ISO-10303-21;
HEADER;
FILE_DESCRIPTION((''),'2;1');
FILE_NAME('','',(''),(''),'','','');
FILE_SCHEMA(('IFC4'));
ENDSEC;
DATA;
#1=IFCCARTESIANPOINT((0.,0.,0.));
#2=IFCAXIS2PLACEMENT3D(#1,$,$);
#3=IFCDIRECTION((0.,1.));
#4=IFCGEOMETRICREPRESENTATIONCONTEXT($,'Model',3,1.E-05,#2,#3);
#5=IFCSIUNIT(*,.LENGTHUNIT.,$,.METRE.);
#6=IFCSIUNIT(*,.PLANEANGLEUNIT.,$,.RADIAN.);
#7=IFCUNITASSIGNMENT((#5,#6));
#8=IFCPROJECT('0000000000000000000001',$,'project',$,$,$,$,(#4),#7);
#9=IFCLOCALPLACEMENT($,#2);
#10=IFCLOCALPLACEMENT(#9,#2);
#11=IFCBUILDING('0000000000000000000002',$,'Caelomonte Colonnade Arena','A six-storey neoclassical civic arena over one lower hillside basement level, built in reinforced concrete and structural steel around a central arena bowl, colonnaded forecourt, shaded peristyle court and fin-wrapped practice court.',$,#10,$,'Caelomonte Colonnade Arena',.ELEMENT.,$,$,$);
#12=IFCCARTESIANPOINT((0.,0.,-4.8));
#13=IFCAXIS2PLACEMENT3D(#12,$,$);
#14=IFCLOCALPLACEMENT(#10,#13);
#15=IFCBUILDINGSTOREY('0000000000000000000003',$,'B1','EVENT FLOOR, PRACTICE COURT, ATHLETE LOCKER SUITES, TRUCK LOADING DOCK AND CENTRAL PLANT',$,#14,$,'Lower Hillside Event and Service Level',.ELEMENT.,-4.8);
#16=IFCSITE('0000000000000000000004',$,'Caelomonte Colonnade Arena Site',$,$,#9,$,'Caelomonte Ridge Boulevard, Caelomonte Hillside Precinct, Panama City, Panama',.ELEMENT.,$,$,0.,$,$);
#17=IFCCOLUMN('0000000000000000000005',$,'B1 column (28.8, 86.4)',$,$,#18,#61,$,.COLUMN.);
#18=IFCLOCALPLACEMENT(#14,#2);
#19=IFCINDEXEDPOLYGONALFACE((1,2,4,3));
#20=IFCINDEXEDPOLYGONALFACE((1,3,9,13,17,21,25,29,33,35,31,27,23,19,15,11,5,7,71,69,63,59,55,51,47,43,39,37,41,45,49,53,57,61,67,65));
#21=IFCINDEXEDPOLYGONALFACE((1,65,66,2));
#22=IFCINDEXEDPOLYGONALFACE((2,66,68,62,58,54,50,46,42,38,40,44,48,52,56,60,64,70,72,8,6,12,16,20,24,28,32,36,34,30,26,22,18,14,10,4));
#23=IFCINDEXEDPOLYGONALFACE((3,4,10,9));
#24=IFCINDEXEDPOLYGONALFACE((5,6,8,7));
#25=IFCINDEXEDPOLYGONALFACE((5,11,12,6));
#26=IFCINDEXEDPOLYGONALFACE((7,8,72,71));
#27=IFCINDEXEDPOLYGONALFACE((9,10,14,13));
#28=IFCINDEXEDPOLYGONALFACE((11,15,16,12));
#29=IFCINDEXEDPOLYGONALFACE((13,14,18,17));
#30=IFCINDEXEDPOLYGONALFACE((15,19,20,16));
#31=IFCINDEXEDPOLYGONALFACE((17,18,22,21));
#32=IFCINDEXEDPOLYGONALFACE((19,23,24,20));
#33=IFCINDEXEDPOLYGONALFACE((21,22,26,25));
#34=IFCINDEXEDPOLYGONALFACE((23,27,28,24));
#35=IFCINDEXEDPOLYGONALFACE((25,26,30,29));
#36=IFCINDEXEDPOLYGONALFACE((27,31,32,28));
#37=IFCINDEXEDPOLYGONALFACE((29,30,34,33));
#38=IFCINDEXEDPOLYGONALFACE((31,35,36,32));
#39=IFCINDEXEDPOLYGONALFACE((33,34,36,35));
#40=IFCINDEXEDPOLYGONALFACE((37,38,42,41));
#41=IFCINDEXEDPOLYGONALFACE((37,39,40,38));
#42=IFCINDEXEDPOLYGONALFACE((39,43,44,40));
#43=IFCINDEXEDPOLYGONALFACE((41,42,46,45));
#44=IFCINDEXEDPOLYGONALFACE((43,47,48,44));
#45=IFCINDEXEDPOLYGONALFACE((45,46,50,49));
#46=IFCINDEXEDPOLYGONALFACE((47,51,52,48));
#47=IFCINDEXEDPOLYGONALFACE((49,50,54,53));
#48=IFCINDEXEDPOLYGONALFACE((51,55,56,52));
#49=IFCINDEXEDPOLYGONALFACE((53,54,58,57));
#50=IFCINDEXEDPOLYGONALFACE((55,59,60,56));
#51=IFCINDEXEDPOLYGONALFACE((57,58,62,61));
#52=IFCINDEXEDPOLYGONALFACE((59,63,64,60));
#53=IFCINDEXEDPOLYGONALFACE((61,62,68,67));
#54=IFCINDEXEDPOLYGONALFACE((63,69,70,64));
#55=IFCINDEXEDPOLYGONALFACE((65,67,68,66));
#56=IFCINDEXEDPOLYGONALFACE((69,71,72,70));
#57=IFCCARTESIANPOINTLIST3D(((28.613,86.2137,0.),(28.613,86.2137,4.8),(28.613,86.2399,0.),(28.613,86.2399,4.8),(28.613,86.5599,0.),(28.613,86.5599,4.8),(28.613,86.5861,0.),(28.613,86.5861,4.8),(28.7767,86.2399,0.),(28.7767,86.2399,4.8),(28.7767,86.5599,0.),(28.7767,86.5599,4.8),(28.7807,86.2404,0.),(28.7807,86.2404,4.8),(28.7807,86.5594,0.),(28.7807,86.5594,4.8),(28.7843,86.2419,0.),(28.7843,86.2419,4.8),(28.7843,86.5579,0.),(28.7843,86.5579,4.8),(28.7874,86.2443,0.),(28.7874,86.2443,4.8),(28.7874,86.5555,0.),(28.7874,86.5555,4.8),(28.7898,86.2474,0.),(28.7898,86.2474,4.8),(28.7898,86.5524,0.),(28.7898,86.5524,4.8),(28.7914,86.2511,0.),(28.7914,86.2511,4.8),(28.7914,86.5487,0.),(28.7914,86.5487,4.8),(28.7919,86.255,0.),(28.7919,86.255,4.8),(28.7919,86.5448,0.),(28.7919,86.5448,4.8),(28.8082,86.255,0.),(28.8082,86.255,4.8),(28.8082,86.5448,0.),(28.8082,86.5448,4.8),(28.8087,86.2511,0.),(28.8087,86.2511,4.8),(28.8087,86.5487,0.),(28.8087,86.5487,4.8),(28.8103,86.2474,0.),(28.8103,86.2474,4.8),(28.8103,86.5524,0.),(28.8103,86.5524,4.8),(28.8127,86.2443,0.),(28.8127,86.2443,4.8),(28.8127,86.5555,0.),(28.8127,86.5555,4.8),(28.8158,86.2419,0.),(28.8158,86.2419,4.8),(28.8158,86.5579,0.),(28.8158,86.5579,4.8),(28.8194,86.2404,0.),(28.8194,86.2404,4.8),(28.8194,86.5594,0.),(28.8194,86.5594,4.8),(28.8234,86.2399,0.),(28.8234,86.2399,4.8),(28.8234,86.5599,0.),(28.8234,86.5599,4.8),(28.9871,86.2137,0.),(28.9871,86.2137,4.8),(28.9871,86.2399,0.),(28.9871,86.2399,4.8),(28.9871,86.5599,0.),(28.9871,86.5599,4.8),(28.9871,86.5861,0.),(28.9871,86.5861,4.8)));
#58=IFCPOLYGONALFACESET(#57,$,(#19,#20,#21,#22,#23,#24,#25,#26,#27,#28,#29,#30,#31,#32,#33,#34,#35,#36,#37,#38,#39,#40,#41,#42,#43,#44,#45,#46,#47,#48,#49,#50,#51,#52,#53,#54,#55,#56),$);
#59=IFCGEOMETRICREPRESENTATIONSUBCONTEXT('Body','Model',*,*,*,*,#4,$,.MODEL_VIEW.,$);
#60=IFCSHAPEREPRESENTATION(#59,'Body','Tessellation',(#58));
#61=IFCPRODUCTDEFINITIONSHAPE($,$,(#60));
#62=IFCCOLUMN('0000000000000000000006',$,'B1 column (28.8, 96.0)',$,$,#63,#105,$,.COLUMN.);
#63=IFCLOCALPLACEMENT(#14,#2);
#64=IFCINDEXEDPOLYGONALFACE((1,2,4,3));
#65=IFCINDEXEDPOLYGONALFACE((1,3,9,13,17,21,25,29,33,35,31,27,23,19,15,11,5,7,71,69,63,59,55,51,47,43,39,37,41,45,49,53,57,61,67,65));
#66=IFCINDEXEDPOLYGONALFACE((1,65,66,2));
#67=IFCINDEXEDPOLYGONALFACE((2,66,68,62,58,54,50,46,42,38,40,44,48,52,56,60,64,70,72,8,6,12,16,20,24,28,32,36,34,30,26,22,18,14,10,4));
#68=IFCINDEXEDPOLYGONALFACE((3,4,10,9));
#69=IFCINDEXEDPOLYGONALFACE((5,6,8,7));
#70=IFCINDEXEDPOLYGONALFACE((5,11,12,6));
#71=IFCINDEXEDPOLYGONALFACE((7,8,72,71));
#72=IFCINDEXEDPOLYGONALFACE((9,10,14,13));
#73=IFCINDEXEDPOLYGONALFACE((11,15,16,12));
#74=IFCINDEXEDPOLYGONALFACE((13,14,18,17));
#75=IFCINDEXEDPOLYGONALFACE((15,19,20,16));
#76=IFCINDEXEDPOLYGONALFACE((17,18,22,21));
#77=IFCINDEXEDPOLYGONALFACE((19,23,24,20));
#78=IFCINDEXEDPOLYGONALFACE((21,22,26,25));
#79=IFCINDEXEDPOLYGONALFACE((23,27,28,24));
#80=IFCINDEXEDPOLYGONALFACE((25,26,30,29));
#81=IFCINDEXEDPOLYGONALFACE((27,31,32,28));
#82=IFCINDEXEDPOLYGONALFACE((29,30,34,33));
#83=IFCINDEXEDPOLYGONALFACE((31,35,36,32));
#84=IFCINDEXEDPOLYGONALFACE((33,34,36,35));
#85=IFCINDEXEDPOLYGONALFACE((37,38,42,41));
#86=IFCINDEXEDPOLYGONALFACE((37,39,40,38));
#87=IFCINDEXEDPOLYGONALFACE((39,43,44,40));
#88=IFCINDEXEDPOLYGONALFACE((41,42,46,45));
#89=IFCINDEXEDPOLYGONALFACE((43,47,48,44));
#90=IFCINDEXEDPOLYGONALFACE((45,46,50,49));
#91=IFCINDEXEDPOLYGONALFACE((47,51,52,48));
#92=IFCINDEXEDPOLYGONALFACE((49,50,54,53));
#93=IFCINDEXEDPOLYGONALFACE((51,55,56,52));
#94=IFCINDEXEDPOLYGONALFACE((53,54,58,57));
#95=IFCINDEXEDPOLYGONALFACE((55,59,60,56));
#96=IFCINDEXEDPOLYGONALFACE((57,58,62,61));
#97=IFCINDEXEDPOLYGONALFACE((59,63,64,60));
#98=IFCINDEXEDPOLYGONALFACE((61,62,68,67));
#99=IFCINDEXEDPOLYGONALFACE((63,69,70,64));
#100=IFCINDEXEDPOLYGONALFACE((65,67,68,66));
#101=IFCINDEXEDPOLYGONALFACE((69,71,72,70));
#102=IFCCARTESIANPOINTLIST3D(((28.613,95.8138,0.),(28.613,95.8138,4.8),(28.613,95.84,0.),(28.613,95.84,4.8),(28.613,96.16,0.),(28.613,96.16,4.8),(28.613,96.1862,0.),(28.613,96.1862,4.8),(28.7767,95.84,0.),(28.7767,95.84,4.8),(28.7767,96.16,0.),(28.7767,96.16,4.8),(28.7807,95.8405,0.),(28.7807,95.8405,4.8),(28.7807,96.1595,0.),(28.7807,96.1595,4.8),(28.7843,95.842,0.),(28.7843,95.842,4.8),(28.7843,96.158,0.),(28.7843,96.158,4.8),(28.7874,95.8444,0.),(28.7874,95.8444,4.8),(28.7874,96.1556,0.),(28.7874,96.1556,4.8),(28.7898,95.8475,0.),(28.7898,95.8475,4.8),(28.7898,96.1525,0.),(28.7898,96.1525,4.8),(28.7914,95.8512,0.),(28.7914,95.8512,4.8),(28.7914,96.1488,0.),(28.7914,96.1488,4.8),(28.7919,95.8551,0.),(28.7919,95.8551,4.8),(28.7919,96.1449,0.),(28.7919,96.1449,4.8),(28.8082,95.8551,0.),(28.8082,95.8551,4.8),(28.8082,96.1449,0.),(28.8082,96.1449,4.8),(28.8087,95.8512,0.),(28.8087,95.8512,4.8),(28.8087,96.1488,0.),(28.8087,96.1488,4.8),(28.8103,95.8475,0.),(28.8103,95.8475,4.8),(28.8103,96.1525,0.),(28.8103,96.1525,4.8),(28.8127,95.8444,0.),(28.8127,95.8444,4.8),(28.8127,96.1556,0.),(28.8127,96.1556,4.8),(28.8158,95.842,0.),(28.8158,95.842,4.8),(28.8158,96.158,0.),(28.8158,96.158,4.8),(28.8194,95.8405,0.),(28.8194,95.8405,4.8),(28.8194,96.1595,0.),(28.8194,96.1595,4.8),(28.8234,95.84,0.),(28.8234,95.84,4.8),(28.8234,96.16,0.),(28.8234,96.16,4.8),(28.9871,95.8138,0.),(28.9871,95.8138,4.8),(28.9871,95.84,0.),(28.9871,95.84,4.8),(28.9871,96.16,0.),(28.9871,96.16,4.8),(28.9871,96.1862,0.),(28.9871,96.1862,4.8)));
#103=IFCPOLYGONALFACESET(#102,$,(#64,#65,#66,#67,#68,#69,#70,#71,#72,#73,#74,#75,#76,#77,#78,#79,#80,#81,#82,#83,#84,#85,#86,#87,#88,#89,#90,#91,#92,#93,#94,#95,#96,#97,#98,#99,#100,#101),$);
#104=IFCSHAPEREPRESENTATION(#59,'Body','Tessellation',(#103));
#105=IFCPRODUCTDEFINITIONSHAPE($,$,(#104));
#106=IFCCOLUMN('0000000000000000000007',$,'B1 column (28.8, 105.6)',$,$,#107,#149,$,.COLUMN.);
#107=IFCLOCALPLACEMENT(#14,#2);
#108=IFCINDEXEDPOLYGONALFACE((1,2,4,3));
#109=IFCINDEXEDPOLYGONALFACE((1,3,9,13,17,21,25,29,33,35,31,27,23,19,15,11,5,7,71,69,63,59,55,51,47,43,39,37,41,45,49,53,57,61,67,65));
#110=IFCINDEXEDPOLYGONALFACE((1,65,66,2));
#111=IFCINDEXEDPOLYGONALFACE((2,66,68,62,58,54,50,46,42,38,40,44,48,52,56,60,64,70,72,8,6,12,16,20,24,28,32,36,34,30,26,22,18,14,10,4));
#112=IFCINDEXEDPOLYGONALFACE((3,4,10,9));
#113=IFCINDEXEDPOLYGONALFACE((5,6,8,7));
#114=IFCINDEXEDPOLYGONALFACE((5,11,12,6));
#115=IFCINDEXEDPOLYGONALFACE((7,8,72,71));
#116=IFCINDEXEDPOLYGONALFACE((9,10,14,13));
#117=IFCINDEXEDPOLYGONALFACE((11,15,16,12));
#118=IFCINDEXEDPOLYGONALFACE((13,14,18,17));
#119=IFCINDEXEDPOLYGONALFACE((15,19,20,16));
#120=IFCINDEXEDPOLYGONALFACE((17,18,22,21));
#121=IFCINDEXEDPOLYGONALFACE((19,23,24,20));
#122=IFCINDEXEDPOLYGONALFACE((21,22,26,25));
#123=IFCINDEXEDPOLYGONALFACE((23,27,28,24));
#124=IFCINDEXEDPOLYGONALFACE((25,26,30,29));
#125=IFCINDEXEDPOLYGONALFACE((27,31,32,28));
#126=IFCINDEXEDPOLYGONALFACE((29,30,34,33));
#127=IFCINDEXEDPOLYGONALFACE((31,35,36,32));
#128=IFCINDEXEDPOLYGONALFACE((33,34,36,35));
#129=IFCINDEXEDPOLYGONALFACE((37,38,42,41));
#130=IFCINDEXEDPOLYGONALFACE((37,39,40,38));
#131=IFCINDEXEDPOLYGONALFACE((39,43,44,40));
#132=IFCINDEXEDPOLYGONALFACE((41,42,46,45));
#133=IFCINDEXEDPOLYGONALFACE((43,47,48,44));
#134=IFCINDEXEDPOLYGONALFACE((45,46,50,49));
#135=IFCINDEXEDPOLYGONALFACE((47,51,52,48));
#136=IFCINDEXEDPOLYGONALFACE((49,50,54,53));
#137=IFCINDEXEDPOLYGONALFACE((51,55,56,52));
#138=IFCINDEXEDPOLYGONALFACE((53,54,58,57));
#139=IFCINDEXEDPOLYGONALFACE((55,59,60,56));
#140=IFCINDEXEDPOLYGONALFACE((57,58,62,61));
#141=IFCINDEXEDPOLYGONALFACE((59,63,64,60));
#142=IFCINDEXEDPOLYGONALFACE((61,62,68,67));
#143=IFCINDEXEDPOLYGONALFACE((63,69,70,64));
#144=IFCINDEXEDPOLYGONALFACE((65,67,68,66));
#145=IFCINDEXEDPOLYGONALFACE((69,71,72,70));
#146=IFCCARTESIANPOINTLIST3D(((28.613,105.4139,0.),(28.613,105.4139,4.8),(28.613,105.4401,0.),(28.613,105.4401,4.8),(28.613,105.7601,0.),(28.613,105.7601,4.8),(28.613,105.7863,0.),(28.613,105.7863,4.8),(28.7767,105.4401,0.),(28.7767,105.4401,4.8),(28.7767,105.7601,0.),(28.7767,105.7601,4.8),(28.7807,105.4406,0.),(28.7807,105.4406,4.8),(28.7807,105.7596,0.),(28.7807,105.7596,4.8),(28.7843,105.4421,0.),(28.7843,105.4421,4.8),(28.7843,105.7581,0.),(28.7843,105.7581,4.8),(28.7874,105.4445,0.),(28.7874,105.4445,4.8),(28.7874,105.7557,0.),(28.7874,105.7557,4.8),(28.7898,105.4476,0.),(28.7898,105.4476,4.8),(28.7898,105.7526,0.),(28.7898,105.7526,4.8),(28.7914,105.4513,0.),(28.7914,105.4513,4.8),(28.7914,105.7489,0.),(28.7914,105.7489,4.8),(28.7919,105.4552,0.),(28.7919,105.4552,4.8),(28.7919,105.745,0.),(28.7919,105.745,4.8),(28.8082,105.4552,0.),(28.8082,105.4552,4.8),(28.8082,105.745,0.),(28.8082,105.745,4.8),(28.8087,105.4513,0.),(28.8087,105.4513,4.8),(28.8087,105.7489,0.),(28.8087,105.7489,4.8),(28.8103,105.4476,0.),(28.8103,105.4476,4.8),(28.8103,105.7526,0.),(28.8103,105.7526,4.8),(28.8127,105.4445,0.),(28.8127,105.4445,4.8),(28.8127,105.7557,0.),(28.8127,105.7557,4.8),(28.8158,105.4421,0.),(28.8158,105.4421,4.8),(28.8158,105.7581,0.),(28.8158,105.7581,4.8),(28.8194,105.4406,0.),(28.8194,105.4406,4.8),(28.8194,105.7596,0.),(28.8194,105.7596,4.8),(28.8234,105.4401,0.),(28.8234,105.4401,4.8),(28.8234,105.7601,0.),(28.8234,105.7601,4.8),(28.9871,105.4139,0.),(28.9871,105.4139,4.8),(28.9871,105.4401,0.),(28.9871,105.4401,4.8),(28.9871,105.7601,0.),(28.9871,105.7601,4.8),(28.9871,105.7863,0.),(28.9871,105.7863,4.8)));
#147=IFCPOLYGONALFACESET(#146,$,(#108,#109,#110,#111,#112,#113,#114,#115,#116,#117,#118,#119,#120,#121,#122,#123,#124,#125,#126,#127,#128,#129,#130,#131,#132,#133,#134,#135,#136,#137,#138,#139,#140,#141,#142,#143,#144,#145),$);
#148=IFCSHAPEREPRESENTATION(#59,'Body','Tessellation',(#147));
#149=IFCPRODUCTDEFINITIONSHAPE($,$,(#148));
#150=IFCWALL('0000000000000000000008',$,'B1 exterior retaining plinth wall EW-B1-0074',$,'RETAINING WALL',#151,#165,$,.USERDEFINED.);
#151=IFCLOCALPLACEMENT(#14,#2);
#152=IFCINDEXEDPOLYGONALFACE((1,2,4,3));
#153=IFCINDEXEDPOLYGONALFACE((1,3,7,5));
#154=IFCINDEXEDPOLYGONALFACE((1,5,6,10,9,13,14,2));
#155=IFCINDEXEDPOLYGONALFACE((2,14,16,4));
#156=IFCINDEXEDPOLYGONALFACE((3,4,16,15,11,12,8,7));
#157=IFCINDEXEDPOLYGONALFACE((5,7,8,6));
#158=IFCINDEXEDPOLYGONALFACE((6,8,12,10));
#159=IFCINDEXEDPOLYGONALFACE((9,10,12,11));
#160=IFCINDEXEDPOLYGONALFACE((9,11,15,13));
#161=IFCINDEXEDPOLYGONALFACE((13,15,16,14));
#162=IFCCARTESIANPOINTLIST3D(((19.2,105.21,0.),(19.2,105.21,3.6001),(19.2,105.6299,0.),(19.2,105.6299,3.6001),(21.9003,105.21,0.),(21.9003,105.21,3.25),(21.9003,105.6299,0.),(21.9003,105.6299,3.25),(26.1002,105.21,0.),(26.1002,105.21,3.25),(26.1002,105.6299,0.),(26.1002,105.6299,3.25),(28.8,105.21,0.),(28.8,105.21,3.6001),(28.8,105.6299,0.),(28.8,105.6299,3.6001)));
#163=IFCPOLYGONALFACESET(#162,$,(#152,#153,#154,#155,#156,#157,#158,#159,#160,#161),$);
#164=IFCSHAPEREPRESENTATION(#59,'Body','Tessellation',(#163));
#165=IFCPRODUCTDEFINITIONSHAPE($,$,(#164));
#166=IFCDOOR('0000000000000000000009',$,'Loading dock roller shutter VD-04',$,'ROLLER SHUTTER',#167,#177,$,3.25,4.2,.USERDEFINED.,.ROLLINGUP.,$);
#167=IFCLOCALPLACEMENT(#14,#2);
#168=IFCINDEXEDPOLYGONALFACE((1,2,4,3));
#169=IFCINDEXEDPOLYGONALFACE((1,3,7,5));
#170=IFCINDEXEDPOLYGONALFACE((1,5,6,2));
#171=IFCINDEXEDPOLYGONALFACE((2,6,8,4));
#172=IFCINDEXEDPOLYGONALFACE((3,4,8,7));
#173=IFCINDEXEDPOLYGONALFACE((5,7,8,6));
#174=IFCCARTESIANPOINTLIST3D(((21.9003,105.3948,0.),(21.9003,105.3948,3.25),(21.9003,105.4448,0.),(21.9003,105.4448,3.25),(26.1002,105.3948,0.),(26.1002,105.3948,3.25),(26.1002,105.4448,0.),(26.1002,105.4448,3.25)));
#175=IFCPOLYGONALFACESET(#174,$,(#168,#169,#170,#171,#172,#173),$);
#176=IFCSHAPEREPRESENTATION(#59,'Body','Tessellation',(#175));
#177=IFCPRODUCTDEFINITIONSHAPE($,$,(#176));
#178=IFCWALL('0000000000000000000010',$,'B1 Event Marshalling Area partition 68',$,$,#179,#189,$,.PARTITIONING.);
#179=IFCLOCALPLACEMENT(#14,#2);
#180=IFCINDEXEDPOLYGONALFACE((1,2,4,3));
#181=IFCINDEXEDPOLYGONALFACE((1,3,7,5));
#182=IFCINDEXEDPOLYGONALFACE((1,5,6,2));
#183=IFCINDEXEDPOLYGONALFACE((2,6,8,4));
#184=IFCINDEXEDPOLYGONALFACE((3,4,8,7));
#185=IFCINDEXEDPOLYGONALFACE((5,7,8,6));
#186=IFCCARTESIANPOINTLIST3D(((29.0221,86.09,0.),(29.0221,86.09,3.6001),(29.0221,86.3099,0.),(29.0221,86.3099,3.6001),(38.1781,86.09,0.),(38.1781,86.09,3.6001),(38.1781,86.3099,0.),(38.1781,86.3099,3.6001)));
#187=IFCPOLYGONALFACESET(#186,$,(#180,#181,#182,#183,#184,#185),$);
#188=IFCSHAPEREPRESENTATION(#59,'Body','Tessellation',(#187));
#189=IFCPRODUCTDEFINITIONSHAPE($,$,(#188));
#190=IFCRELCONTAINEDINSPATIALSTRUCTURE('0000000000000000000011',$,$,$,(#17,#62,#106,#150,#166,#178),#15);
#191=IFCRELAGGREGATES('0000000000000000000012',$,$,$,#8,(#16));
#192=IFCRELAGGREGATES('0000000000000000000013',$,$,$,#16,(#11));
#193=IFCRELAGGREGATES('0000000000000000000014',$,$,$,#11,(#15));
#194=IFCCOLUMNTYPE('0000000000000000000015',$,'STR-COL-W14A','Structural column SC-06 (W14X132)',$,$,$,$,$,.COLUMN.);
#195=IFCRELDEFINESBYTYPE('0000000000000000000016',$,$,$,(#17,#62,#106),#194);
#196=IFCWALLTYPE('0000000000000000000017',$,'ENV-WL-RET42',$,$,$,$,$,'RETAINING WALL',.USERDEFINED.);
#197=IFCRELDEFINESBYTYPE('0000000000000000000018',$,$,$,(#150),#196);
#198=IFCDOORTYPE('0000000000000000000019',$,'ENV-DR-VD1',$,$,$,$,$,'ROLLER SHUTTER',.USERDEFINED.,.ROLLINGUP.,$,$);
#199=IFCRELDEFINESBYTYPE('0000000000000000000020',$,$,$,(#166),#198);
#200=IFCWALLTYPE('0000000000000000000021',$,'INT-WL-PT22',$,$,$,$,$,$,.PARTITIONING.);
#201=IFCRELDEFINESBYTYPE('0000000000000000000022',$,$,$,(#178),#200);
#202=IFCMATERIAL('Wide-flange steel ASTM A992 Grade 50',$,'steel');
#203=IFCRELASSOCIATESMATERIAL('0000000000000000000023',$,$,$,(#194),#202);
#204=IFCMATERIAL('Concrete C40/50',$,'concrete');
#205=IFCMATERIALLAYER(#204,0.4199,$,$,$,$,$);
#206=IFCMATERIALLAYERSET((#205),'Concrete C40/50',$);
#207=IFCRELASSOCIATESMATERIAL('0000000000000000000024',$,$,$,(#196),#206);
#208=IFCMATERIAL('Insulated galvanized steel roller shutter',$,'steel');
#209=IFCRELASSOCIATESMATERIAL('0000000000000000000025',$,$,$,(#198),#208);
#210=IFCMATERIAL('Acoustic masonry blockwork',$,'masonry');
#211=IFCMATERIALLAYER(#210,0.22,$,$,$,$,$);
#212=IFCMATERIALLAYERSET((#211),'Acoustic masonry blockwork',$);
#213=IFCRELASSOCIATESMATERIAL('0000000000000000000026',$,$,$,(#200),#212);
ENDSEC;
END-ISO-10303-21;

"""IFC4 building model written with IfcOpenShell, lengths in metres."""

from ifc_helpers import new_model, si_unit, direction, frame, frame_2d, origin, origin_2d, place, context, subcontext, project, spatial, rectangle, i_section, extrude, material, layer, layer_set, material_profile, profile_set, type_object, element, fill, save


model = new_model("IFC4")

# Units and contexts
model_context = context("Model", 3, precision=1e-05, world=origin(), true_north=direction((0.0, 1.0)))
body_context = subcontext(model_context, "Body", "Model", "MODEL_VIEW")
ifc_project = project(units=[si_unit("LENGTHUNIT", "METRE"), si_unit("PLANEANGLEUNIT", "RADIAN")], contexts=[model_context])

# Site, building, storey
site_placement = place(None, origin())
site = spatial("IfcSite", under=ifc_project, at=site_placement, Name="Caelomonte Colonnade Arena Site", LongName="Caelomonte Ridge Boulevard, Caelomonte Hillside Precinct, Panama City, Panama", CompositionType="ELEMENT", RefElevation=0.0)
building_placement = place(site_placement, origin())
building = spatial("IfcBuilding", under=site, at=building_placement, Name="Caelomonte Colonnade Arena", Description="A six-storey neoclassical civic arena over one lower hillside basement level, built in reinforced concrete and structural steel around a central arena bowl, colonnaded forecourt, shaded peristyle court and fin-wrapped practice court.", LongName="Caelomonte Colonnade Arena", CompositionType="ELEMENT")
storey_placement = place(building_placement, frame((0.0, 0.0, -4.8)))
storey = spatial("IfcBuildingStorey", under=building, at=storey_placement, Name="B1", Description="EVENT FLOOR, PRACTICE COURT, ATHLETE LOCKER SUITES, TRUCK LOADING DOCK AND CENTRAL PLANT", LongName="Lower Hillside Event and Service Level", CompositionType="ELEMENT", Elevation=-4.8)

# Shared definitions
ifc_material_1 = material(Name="Concrete C40/50", Category="concrete")

# Columns
ifc_material_2 = material(Name="Wide-flange steel ASTM A992 Grade 50", Category="steel")
ifc_material_profile_1 = material_profile(ifc_material_2, i_section(OverallWidth=0.374, OverallDepth=0.3723, WebThickness=0.0164, FlangeThickness=0.0261, FilletRadius=0.0151, at=origin_2d()), Name="W14X132")
ifc_profile_set_1 = profile_set([ifc_material_profile_1], Name="Wide-flange steel ASTM A992 Grade 50")
column_type = type_object("IfcColumnType", Name="STR-COL-W14A", Description="Structural column SC-06 (W14X132)", PredefinedType="COLUMN", material=ifc_profile_set_1)
for number, where, z_axis, x_axis, name in (
    (1, (28.8, 86.3999, 0.0), (0.0, 0.0, 1.0), (1.0, 0.0, 0.0), "B1 column (28.8, 86.4)"),
    (2, (28.8, 96.0, 0.0), (0.0, 0.0, 1.0), (1.0, 0.0, 0.0), "B1 column (28.8, 96.0)"),
    (3, (28.8, 105.6001, 0.0), (0.0, 0.0, 1.0), (1.0, 0.0, 0.0), "B1 column (28.8, 105.6)"),
):
    element("IfcColumn", number, at=place(storey_placement, frame(where, z_axis=z_axis, x_axis=x_axis)), inside=storey, type_object=column_type, Name=name, PredefinedType="COLUMN", context=body_context, shape_type="SweptSolid", body=[
        extrude(i_section(OverallWidth=0.374, OverallDepth=0.3723, WebThickness=0.0164, FlangeThickness=0.0261, FilletRadius=0.0151, at=origin_2d()), origin(), (0.0, 0.0, 1.0), 4.8),
    ])

# Wall, opening, door
ifc_layer_1 = layer(ifc_material_1, 0.4199)
ifc_layer_set_1 = layer_set([ifc_layer_1], Name="Concrete C40/50")
wall_type_1 = type_object("IfcWallType", Name="ENV-WL-RET42", ElementType="RETAINING WALL", PredefinedType="USERDEFINED", material=ifc_layer_set_1)
wall_1_placement = place(storey_placement, frame((28.8, 105.4199, 0.0), z_axis=(0.0, 0.0, 1.0), x_axis=(-1.0, 0.0, 0.0)))
wall_1 = element("IfcWall", 4, at=wall_1_placement, inside=storey, type_object=wall_type_1, Name="B1 exterior retaining plinth wall EW-B1-0074", ObjectType="RETAINING WALL", PredefinedType="USERDEFINED", context=body_context, shape_type="SweptSolid", body=[
    extrude(rectangle(XDim=9.6001, YDim=0.4199, at=frame_2d((4.8, 0.0))), origin(), (0.0, 0.0, 1.0), 3.6001),
])
opening_placement = place(wall_1_placement, frame((6.8999, 0.0, 0.0), z_axis=(0.0, 0.0, 1.0), x_axis=(-1.0, 0.0, 0.0)))
opening = element("IfcOpeningElement", 5, at=opening_placement, cuts=wall_1, PredefinedType="OPENING", context=body_context, shape_type="SweptSolid", body=[
    extrude(rectangle(XDim=4.2, YDim=3.25, at=frame_2d((2.1001, 1.625))), frame((0.0, 0.22, 0.0), z_axis=(0.0, -1.0, 0.0), x_axis=(1.0, 0.0, 0.0)), (0.0, 0.0, 1.0), 0.4399),
])
ifc_material_3 = material(Name="Insulated galvanized steel roller shutter", Category="steel")
door_type = type_object("IfcDoorType", Name="ENV-DR-VD1", ElementType="ROLLER SHUTTER", OperationType="ROLLINGUP", PredefinedType="USERDEFINED", material=ifc_material_3)
door_placement = place(opening_placement, origin())
door = element("IfcDoor", 6, at=door_placement, inside=storey, type_object=door_type, Name="Loading dock roller shutter VD-04", ObjectType="ROLLER SHUTTER", OperationType="ROLLINGUP", OverallHeight=3.25, OverallWidth=4.2, PredefinedType="USERDEFINED", context=body_context, shape_type="SweptSolid", body=[
    extrude(rectangle(XDim=4.2, YDim=3.25, at=frame_2d((2.1001, 1.625))), frame((0.0, 0.0249, 0.0), z_axis=(0.0, -1.0, 0.0), x_axis=(1.0, 0.0, 0.0)), (0.0, 0.0, 1.0), 0.05),
])
fill(opening, door)

# Wall
ifc_material_4 = material(Name="Acoustic masonry blockwork", Category="masonry")
ifc_layer_2 = layer(ifc_material_4, 0.22)
ifc_layer_set_2 = layer_set([ifc_layer_2], Name="Acoustic masonry blockwork")
wall_type_2 = type_object("IfcWallType", Name="INT-WL-PT22", PredefinedType="PARTITIONING", material=ifc_layer_set_2)
wall_2_placement = place(storey_placement, frame((29.022, 86.2, 0.0), z_axis=(0.0, 0.0, 1.0), x_axis=(1.0, 0.0, 0.0)))
element("IfcWall", 7, at=wall_2_placement, inside=storey, type_object=wall_type_2, Name="B1 Event Marshalling Area partition 68", PredefinedType="PARTITIONING", context=body_context, shape_type="SweptSolid", body=[
    extrude(rectangle(XDim=9.156, YDim=0.22, at=frame_2d((4.5781, 0.0))), origin(), (0.0, 0.0, 1.0), 3.6001),
])

save(model, "model.ifc")
